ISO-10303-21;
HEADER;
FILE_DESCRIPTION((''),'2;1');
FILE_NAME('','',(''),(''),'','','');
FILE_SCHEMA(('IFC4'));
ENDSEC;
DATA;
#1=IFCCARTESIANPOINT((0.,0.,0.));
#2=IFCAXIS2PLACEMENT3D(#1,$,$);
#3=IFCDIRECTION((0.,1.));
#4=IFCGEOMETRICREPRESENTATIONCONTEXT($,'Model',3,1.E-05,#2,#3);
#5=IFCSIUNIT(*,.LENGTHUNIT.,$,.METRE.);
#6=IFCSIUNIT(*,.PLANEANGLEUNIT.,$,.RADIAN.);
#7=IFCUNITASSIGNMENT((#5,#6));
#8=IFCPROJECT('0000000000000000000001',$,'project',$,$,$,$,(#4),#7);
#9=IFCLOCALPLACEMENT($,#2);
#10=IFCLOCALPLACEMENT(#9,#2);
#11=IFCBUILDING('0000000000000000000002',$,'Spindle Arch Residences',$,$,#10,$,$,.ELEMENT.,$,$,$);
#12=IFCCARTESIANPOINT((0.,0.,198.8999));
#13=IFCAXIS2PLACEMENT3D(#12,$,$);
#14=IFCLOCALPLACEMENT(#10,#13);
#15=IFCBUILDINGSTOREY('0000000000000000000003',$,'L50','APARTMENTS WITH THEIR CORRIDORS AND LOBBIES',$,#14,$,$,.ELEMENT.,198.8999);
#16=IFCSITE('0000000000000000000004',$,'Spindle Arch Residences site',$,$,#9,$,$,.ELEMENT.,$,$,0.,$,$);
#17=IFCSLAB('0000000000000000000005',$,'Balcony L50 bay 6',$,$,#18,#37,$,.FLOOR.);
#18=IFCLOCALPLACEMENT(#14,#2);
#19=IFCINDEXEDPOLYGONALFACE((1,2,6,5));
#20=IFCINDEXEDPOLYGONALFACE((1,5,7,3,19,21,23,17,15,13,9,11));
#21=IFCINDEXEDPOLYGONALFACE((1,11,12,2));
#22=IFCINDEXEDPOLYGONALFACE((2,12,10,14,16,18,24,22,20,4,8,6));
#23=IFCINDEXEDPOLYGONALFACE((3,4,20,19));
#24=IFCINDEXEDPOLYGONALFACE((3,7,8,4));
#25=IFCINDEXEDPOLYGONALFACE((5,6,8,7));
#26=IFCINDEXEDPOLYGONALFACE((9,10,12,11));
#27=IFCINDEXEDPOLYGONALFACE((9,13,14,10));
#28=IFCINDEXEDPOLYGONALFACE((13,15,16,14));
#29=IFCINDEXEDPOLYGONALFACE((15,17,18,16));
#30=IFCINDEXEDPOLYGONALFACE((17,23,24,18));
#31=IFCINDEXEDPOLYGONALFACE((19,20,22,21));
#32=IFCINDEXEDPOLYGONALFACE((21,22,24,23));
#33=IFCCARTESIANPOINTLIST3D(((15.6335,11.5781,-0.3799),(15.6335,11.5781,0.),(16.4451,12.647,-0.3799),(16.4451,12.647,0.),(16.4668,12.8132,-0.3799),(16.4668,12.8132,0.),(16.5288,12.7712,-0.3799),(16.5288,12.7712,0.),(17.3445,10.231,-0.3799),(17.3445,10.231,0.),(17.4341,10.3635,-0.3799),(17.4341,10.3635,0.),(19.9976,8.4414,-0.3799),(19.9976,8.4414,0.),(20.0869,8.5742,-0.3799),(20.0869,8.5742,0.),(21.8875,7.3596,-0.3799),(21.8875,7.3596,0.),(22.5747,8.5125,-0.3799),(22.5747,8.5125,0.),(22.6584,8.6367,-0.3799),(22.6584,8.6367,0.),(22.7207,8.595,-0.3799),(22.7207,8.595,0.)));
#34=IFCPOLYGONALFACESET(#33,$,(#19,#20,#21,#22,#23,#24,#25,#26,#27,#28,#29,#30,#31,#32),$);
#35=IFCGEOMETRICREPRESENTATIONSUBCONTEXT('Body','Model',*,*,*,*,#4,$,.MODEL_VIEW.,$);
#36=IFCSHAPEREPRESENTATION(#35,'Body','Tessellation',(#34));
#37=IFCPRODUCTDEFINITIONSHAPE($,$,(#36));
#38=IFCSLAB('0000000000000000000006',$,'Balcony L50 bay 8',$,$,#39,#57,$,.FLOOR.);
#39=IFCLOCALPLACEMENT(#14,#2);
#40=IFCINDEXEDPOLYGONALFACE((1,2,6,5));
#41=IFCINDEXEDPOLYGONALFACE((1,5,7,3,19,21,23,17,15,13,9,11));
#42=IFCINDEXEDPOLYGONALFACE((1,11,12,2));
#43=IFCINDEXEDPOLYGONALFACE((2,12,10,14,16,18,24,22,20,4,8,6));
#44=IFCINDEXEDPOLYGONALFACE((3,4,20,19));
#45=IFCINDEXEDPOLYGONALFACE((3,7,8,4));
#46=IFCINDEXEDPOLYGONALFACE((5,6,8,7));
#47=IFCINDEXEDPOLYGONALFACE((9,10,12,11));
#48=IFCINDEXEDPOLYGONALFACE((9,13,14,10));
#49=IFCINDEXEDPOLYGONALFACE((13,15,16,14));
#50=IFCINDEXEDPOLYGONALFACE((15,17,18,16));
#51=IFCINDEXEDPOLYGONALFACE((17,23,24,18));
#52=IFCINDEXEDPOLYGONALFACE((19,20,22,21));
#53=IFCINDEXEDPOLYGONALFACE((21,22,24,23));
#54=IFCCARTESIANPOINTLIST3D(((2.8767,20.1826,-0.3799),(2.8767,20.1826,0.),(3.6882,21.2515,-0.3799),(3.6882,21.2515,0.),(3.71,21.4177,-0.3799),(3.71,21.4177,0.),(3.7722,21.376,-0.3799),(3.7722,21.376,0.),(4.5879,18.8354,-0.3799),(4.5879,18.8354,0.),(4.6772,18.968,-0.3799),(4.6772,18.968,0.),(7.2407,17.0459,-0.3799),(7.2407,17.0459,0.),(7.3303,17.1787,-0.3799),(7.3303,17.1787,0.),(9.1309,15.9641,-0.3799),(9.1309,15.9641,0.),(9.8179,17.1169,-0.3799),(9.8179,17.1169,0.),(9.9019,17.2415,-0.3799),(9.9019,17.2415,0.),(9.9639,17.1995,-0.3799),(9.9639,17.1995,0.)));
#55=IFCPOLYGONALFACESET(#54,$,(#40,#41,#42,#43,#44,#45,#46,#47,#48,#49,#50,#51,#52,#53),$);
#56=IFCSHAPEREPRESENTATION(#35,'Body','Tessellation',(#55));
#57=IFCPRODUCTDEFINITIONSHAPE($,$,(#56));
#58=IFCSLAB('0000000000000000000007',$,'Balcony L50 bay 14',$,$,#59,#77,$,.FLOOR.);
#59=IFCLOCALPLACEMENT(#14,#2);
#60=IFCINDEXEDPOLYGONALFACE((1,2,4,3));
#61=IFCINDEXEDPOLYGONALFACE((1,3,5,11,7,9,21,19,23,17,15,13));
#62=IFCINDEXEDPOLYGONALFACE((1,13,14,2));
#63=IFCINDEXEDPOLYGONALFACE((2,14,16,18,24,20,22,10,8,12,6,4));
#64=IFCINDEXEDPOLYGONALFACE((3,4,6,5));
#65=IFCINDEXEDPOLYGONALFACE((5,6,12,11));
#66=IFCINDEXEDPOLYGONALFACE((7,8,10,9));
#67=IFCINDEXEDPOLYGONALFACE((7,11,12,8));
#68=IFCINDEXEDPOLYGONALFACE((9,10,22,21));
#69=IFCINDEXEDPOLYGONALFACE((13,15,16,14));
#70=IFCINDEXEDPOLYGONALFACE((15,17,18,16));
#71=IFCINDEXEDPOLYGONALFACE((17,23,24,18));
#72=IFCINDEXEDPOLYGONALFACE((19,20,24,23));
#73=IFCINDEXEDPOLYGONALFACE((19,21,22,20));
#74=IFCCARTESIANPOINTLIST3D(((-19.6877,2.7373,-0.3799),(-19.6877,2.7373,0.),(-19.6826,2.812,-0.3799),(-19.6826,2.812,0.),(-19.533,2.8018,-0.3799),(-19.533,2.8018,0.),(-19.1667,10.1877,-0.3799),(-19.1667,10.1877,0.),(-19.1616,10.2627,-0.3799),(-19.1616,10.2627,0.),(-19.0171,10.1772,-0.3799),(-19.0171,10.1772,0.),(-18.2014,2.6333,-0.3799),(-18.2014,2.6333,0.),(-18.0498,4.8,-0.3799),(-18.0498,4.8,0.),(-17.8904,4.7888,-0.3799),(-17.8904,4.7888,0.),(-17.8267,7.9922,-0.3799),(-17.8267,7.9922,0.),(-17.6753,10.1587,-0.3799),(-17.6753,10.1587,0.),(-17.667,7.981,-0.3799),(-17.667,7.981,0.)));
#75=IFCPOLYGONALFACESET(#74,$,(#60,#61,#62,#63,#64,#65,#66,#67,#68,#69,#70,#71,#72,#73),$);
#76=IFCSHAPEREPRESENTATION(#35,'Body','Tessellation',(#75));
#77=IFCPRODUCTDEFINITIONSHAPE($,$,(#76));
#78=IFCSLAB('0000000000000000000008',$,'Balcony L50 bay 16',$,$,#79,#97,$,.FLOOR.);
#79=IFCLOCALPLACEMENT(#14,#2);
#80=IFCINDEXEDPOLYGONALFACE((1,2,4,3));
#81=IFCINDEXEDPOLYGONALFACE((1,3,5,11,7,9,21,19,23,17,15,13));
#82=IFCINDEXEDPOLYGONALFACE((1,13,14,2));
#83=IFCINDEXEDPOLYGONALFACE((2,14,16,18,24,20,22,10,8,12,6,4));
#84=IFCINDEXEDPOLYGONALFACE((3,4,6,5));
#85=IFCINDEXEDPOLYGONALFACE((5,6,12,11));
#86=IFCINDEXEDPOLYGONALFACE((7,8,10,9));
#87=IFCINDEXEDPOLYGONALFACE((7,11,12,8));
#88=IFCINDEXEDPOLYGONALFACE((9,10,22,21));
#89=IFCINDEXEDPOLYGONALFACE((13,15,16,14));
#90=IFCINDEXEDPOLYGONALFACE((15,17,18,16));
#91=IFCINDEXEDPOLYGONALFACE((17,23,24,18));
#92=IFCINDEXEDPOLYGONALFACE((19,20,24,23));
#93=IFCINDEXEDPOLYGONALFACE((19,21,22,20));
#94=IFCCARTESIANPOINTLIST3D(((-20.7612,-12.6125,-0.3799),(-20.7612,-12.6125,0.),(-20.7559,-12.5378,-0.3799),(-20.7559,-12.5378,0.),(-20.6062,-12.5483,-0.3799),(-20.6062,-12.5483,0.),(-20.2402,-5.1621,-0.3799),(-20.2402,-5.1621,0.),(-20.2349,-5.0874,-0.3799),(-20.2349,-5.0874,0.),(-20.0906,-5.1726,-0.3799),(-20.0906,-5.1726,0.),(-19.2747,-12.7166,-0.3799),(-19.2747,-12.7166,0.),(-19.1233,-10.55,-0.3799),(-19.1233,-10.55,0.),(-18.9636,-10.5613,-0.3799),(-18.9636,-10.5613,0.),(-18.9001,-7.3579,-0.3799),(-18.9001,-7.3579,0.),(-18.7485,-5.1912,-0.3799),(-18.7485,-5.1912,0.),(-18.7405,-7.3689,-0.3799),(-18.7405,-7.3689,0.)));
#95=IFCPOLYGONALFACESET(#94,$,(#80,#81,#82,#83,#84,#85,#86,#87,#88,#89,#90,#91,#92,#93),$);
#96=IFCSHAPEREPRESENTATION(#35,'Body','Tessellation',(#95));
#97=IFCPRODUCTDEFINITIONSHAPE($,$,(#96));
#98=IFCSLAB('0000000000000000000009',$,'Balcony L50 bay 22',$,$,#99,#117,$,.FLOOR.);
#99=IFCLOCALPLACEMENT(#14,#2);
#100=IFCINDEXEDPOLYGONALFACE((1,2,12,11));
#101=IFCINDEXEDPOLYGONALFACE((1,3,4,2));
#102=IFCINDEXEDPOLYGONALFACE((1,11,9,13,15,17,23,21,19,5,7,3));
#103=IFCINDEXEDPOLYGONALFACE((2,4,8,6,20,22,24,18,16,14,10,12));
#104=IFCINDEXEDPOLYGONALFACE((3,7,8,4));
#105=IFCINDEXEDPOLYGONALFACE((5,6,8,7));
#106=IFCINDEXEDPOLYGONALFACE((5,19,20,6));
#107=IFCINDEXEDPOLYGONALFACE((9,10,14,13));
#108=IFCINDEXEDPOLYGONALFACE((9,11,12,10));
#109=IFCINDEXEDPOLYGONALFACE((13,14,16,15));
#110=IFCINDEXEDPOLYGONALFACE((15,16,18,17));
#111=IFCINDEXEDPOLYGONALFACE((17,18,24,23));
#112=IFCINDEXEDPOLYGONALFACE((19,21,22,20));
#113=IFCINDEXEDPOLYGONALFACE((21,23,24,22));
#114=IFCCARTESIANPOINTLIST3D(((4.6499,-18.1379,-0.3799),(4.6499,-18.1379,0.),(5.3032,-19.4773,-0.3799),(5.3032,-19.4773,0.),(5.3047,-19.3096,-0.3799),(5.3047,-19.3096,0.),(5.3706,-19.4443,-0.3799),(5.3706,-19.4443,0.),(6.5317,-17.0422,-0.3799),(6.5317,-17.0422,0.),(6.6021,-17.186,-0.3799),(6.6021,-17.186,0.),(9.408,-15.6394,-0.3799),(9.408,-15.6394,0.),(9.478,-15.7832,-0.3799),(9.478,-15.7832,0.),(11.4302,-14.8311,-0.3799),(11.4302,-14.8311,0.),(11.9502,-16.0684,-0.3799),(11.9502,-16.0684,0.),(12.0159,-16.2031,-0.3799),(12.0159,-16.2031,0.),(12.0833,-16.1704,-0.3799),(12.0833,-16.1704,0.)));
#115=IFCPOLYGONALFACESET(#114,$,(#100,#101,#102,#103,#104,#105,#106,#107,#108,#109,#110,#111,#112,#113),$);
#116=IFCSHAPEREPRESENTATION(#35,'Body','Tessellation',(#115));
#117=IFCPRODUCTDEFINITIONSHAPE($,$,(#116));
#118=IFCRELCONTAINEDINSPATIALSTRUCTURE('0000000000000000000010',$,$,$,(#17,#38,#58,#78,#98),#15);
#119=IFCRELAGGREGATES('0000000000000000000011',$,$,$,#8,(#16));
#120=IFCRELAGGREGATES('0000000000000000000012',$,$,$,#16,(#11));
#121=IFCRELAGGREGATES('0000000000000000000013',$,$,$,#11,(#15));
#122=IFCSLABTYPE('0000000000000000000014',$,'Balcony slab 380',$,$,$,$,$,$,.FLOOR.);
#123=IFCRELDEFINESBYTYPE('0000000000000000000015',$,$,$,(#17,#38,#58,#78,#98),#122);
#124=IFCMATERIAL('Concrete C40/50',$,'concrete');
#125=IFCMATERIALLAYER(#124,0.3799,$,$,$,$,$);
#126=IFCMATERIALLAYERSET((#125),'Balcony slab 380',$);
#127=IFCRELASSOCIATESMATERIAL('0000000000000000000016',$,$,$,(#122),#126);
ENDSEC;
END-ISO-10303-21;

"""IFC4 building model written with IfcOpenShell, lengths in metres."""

from ifc_helpers import new_model, si_unit, direction, frame, origin, place, context, subcontext, project, spatial, polyline, outline, extrude, material, layer, layer_set, type_object, element, save


model = new_model("IFC4")

# Units and contexts
model_context = context("Model", 3, precision=1e-05, world=origin(), true_north=direction((0.0, 1.0)))
body_context = subcontext(model_context, "Body", "Model", "MODEL_VIEW")
ifc_project = project(units=[si_unit("LENGTHUNIT", "METRE"), si_unit("PLANEANGLEUNIT", "RADIAN")], contexts=[model_context])

# Site, building, storey
site_placement = place(None, origin())
site = spatial("IfcSite", under=ifc_project, at=site_placement, Name="Spindle Arch Residences site", CompositionType="ELEMENT", RefElevation=0.0)
building_placement = place(site_placement, origin())
building = spatial("IfcBuilding", under=site, at=building_placement, Name="Spindle Arch Residences", CompositionType="ELEMENT")
storey_placement = place(building_placement, frame((0.0, 0.0, 198.8999)))
storey = spatial("IfcBuildingStorey", under=building, at=storey_placement, Name="L50", Description="APARTMENTS WITH THEIR CORRIDORS AND LOBBIES", CompositionType="ELEMENT", Elevation=198.8999)

# Slabs
ifc_material_1 = material(Name="Concrete C40/50", Category="concrete")
ifc_layer_1 = layer(ifc_material_1, 0.3799)
ifc_layer_set_1 = layer_set([ifc_layer_1], Name="Balcony slab 380")
slab_type_1 = type_object("IfcSlabType", Name="Balcony slab 380", PredefinedType="FLOOR", material=ifc_layer_set_1)
slab_1_placement = place(storey_placement, frame((0.0, 0.0, -0.3799)))
element("IfcSlab", 1, at=slab_1_placement, inside=storey, type_object=slab_type_1, Name="Balcony L50 bay 6", PredefinedType="FLOOR", context=body_context, shape_type="SweptSolid", body=[
    extrude(outline(polyline([(22.7207, 8.595), (22.6584, 8.6367), (22.5747, 8.5125), (16.4451, 12.647), (16.5288, 12.7712), (16.4668, 12.8132), (15.6335, 11.5781), (17.4341, 10.3635), (17.3445, 10.231), (19.9976, 8.4414), (20.0869, 8.5742), (21.8875, 7.3596), (22.7207, 8.595)])), origin(), (0.0, 0.0, 1.0), 0.3799),
])
slab_2_placement = place(storey_placement, frame((0.0, 0.0, -0.3799)))
element("IfcSlab", 2, at=slab_2_placement, inside=storey, type_object=slab_type_1, Name="Balcony L50 bay 8", PredefinedType="FLOOR", context=body_context, shape_type="SweptSolid", body=[
    extrude(outline(polyline([(9.9639, 17.1995), (9.9019, 17.2415), (9.8179, 17.1169), (3.6882, 21.2515), (3.7722, 21.376), (3.71, 21.4177), (2.8767, 20.1826), (4.6772, 18.968), (4.5879, 18.8354), (7.2407, 17.0459), (7.3303, 17.1787), (9.1309, 15.9641), (9.9639, 17.1995)])), origin(), (0.0, 0.0, 1.0), 0.3799),
])
slab_3_placement = place(storey_placement, frame((0.0, 0.0, -0.3799)))
element("IfcSlab", 3, at=slab_3_placement, inside=storey, type_object=slab_type_1, Name="Balcony L50 bay 14", PredefinedType="FLOOR", context=body_context, shape_type="SweptSolid", body=[
    extrude(outline(polyline([(-19.1616, 10.2627), (-19.1667, 10.1877), (-19.0171, 10.1772), (-19.533, 2.8018), (-19.6826, 2.812), (-19.6877, 2.7373), (-18.2014, 2.6333), (-18.0498, 4.8), (-17.8904, 4.7888), (-17.667, 7.981), (-17.8267, 7.9922), (-17.6753, 10.1587), (-19.1616, 10.2627)])), origin(), (0.0, 0.0, 1.0), 0.3799),
])
slab_4_placement = place(storey_placement, frame((0.0, 0.0, -0.3799)))
element("IfcSlab", 4, at=slab_4_placement, inside=storey, type_object=slab_type_1, Name="Balcony L50 bay 16", PredefinedType="FLOOR", context=body_context, shape_type="SweptSolid", body=[
    extrude(outline(polyline([(-20.2349, -5.0874), (-20.2402, -5.1621), (-20.0906, -5.1726), (-20.6062, -12.5483), (-20.7559, -12.5378), (-20.7612, -12.6125), (-19.2747, -12.7166), (-19.1233, -10.55), (-18.9636, -10.5613), (-18.7405, -7.3689), (-18.9001, -7.3579), (-18.7485, -5.1912), (-20.2349, -5.0874)])), origin(), (0.0, 0.0, 1.0), 0.3799),
])
slab_5_placement = place(storey_placement, frame((0.0, 0.0, -0.3799)))
element("IfcSlab", 5, at=slab_5_placement, inside=storey, type_object=slab_type_1, Name="Balcony L50 bay 22", PredefinedType="FLOOR", context=body_context, shape_type="SweptSolid", body=[
    extrude(outline(polyline([(5.3032, -19.4773), (5.3706, -19.4443), (5.3047, -19.3096), (11.9502, -16.0684), (12.0159, -16.2031), (12.0833, -16.1704), (11.4302, -14.8311), (9.478, -15.7832), (9.408, -15.6394), (6.5317, -17.0422), (6.6021, -17.186), (4.6499, -18.1379), (5.3032, -19.4773)])), origin(), (0.0, 0.0, 1.0), 0.3799),
])

save(model, "model.ifc")
